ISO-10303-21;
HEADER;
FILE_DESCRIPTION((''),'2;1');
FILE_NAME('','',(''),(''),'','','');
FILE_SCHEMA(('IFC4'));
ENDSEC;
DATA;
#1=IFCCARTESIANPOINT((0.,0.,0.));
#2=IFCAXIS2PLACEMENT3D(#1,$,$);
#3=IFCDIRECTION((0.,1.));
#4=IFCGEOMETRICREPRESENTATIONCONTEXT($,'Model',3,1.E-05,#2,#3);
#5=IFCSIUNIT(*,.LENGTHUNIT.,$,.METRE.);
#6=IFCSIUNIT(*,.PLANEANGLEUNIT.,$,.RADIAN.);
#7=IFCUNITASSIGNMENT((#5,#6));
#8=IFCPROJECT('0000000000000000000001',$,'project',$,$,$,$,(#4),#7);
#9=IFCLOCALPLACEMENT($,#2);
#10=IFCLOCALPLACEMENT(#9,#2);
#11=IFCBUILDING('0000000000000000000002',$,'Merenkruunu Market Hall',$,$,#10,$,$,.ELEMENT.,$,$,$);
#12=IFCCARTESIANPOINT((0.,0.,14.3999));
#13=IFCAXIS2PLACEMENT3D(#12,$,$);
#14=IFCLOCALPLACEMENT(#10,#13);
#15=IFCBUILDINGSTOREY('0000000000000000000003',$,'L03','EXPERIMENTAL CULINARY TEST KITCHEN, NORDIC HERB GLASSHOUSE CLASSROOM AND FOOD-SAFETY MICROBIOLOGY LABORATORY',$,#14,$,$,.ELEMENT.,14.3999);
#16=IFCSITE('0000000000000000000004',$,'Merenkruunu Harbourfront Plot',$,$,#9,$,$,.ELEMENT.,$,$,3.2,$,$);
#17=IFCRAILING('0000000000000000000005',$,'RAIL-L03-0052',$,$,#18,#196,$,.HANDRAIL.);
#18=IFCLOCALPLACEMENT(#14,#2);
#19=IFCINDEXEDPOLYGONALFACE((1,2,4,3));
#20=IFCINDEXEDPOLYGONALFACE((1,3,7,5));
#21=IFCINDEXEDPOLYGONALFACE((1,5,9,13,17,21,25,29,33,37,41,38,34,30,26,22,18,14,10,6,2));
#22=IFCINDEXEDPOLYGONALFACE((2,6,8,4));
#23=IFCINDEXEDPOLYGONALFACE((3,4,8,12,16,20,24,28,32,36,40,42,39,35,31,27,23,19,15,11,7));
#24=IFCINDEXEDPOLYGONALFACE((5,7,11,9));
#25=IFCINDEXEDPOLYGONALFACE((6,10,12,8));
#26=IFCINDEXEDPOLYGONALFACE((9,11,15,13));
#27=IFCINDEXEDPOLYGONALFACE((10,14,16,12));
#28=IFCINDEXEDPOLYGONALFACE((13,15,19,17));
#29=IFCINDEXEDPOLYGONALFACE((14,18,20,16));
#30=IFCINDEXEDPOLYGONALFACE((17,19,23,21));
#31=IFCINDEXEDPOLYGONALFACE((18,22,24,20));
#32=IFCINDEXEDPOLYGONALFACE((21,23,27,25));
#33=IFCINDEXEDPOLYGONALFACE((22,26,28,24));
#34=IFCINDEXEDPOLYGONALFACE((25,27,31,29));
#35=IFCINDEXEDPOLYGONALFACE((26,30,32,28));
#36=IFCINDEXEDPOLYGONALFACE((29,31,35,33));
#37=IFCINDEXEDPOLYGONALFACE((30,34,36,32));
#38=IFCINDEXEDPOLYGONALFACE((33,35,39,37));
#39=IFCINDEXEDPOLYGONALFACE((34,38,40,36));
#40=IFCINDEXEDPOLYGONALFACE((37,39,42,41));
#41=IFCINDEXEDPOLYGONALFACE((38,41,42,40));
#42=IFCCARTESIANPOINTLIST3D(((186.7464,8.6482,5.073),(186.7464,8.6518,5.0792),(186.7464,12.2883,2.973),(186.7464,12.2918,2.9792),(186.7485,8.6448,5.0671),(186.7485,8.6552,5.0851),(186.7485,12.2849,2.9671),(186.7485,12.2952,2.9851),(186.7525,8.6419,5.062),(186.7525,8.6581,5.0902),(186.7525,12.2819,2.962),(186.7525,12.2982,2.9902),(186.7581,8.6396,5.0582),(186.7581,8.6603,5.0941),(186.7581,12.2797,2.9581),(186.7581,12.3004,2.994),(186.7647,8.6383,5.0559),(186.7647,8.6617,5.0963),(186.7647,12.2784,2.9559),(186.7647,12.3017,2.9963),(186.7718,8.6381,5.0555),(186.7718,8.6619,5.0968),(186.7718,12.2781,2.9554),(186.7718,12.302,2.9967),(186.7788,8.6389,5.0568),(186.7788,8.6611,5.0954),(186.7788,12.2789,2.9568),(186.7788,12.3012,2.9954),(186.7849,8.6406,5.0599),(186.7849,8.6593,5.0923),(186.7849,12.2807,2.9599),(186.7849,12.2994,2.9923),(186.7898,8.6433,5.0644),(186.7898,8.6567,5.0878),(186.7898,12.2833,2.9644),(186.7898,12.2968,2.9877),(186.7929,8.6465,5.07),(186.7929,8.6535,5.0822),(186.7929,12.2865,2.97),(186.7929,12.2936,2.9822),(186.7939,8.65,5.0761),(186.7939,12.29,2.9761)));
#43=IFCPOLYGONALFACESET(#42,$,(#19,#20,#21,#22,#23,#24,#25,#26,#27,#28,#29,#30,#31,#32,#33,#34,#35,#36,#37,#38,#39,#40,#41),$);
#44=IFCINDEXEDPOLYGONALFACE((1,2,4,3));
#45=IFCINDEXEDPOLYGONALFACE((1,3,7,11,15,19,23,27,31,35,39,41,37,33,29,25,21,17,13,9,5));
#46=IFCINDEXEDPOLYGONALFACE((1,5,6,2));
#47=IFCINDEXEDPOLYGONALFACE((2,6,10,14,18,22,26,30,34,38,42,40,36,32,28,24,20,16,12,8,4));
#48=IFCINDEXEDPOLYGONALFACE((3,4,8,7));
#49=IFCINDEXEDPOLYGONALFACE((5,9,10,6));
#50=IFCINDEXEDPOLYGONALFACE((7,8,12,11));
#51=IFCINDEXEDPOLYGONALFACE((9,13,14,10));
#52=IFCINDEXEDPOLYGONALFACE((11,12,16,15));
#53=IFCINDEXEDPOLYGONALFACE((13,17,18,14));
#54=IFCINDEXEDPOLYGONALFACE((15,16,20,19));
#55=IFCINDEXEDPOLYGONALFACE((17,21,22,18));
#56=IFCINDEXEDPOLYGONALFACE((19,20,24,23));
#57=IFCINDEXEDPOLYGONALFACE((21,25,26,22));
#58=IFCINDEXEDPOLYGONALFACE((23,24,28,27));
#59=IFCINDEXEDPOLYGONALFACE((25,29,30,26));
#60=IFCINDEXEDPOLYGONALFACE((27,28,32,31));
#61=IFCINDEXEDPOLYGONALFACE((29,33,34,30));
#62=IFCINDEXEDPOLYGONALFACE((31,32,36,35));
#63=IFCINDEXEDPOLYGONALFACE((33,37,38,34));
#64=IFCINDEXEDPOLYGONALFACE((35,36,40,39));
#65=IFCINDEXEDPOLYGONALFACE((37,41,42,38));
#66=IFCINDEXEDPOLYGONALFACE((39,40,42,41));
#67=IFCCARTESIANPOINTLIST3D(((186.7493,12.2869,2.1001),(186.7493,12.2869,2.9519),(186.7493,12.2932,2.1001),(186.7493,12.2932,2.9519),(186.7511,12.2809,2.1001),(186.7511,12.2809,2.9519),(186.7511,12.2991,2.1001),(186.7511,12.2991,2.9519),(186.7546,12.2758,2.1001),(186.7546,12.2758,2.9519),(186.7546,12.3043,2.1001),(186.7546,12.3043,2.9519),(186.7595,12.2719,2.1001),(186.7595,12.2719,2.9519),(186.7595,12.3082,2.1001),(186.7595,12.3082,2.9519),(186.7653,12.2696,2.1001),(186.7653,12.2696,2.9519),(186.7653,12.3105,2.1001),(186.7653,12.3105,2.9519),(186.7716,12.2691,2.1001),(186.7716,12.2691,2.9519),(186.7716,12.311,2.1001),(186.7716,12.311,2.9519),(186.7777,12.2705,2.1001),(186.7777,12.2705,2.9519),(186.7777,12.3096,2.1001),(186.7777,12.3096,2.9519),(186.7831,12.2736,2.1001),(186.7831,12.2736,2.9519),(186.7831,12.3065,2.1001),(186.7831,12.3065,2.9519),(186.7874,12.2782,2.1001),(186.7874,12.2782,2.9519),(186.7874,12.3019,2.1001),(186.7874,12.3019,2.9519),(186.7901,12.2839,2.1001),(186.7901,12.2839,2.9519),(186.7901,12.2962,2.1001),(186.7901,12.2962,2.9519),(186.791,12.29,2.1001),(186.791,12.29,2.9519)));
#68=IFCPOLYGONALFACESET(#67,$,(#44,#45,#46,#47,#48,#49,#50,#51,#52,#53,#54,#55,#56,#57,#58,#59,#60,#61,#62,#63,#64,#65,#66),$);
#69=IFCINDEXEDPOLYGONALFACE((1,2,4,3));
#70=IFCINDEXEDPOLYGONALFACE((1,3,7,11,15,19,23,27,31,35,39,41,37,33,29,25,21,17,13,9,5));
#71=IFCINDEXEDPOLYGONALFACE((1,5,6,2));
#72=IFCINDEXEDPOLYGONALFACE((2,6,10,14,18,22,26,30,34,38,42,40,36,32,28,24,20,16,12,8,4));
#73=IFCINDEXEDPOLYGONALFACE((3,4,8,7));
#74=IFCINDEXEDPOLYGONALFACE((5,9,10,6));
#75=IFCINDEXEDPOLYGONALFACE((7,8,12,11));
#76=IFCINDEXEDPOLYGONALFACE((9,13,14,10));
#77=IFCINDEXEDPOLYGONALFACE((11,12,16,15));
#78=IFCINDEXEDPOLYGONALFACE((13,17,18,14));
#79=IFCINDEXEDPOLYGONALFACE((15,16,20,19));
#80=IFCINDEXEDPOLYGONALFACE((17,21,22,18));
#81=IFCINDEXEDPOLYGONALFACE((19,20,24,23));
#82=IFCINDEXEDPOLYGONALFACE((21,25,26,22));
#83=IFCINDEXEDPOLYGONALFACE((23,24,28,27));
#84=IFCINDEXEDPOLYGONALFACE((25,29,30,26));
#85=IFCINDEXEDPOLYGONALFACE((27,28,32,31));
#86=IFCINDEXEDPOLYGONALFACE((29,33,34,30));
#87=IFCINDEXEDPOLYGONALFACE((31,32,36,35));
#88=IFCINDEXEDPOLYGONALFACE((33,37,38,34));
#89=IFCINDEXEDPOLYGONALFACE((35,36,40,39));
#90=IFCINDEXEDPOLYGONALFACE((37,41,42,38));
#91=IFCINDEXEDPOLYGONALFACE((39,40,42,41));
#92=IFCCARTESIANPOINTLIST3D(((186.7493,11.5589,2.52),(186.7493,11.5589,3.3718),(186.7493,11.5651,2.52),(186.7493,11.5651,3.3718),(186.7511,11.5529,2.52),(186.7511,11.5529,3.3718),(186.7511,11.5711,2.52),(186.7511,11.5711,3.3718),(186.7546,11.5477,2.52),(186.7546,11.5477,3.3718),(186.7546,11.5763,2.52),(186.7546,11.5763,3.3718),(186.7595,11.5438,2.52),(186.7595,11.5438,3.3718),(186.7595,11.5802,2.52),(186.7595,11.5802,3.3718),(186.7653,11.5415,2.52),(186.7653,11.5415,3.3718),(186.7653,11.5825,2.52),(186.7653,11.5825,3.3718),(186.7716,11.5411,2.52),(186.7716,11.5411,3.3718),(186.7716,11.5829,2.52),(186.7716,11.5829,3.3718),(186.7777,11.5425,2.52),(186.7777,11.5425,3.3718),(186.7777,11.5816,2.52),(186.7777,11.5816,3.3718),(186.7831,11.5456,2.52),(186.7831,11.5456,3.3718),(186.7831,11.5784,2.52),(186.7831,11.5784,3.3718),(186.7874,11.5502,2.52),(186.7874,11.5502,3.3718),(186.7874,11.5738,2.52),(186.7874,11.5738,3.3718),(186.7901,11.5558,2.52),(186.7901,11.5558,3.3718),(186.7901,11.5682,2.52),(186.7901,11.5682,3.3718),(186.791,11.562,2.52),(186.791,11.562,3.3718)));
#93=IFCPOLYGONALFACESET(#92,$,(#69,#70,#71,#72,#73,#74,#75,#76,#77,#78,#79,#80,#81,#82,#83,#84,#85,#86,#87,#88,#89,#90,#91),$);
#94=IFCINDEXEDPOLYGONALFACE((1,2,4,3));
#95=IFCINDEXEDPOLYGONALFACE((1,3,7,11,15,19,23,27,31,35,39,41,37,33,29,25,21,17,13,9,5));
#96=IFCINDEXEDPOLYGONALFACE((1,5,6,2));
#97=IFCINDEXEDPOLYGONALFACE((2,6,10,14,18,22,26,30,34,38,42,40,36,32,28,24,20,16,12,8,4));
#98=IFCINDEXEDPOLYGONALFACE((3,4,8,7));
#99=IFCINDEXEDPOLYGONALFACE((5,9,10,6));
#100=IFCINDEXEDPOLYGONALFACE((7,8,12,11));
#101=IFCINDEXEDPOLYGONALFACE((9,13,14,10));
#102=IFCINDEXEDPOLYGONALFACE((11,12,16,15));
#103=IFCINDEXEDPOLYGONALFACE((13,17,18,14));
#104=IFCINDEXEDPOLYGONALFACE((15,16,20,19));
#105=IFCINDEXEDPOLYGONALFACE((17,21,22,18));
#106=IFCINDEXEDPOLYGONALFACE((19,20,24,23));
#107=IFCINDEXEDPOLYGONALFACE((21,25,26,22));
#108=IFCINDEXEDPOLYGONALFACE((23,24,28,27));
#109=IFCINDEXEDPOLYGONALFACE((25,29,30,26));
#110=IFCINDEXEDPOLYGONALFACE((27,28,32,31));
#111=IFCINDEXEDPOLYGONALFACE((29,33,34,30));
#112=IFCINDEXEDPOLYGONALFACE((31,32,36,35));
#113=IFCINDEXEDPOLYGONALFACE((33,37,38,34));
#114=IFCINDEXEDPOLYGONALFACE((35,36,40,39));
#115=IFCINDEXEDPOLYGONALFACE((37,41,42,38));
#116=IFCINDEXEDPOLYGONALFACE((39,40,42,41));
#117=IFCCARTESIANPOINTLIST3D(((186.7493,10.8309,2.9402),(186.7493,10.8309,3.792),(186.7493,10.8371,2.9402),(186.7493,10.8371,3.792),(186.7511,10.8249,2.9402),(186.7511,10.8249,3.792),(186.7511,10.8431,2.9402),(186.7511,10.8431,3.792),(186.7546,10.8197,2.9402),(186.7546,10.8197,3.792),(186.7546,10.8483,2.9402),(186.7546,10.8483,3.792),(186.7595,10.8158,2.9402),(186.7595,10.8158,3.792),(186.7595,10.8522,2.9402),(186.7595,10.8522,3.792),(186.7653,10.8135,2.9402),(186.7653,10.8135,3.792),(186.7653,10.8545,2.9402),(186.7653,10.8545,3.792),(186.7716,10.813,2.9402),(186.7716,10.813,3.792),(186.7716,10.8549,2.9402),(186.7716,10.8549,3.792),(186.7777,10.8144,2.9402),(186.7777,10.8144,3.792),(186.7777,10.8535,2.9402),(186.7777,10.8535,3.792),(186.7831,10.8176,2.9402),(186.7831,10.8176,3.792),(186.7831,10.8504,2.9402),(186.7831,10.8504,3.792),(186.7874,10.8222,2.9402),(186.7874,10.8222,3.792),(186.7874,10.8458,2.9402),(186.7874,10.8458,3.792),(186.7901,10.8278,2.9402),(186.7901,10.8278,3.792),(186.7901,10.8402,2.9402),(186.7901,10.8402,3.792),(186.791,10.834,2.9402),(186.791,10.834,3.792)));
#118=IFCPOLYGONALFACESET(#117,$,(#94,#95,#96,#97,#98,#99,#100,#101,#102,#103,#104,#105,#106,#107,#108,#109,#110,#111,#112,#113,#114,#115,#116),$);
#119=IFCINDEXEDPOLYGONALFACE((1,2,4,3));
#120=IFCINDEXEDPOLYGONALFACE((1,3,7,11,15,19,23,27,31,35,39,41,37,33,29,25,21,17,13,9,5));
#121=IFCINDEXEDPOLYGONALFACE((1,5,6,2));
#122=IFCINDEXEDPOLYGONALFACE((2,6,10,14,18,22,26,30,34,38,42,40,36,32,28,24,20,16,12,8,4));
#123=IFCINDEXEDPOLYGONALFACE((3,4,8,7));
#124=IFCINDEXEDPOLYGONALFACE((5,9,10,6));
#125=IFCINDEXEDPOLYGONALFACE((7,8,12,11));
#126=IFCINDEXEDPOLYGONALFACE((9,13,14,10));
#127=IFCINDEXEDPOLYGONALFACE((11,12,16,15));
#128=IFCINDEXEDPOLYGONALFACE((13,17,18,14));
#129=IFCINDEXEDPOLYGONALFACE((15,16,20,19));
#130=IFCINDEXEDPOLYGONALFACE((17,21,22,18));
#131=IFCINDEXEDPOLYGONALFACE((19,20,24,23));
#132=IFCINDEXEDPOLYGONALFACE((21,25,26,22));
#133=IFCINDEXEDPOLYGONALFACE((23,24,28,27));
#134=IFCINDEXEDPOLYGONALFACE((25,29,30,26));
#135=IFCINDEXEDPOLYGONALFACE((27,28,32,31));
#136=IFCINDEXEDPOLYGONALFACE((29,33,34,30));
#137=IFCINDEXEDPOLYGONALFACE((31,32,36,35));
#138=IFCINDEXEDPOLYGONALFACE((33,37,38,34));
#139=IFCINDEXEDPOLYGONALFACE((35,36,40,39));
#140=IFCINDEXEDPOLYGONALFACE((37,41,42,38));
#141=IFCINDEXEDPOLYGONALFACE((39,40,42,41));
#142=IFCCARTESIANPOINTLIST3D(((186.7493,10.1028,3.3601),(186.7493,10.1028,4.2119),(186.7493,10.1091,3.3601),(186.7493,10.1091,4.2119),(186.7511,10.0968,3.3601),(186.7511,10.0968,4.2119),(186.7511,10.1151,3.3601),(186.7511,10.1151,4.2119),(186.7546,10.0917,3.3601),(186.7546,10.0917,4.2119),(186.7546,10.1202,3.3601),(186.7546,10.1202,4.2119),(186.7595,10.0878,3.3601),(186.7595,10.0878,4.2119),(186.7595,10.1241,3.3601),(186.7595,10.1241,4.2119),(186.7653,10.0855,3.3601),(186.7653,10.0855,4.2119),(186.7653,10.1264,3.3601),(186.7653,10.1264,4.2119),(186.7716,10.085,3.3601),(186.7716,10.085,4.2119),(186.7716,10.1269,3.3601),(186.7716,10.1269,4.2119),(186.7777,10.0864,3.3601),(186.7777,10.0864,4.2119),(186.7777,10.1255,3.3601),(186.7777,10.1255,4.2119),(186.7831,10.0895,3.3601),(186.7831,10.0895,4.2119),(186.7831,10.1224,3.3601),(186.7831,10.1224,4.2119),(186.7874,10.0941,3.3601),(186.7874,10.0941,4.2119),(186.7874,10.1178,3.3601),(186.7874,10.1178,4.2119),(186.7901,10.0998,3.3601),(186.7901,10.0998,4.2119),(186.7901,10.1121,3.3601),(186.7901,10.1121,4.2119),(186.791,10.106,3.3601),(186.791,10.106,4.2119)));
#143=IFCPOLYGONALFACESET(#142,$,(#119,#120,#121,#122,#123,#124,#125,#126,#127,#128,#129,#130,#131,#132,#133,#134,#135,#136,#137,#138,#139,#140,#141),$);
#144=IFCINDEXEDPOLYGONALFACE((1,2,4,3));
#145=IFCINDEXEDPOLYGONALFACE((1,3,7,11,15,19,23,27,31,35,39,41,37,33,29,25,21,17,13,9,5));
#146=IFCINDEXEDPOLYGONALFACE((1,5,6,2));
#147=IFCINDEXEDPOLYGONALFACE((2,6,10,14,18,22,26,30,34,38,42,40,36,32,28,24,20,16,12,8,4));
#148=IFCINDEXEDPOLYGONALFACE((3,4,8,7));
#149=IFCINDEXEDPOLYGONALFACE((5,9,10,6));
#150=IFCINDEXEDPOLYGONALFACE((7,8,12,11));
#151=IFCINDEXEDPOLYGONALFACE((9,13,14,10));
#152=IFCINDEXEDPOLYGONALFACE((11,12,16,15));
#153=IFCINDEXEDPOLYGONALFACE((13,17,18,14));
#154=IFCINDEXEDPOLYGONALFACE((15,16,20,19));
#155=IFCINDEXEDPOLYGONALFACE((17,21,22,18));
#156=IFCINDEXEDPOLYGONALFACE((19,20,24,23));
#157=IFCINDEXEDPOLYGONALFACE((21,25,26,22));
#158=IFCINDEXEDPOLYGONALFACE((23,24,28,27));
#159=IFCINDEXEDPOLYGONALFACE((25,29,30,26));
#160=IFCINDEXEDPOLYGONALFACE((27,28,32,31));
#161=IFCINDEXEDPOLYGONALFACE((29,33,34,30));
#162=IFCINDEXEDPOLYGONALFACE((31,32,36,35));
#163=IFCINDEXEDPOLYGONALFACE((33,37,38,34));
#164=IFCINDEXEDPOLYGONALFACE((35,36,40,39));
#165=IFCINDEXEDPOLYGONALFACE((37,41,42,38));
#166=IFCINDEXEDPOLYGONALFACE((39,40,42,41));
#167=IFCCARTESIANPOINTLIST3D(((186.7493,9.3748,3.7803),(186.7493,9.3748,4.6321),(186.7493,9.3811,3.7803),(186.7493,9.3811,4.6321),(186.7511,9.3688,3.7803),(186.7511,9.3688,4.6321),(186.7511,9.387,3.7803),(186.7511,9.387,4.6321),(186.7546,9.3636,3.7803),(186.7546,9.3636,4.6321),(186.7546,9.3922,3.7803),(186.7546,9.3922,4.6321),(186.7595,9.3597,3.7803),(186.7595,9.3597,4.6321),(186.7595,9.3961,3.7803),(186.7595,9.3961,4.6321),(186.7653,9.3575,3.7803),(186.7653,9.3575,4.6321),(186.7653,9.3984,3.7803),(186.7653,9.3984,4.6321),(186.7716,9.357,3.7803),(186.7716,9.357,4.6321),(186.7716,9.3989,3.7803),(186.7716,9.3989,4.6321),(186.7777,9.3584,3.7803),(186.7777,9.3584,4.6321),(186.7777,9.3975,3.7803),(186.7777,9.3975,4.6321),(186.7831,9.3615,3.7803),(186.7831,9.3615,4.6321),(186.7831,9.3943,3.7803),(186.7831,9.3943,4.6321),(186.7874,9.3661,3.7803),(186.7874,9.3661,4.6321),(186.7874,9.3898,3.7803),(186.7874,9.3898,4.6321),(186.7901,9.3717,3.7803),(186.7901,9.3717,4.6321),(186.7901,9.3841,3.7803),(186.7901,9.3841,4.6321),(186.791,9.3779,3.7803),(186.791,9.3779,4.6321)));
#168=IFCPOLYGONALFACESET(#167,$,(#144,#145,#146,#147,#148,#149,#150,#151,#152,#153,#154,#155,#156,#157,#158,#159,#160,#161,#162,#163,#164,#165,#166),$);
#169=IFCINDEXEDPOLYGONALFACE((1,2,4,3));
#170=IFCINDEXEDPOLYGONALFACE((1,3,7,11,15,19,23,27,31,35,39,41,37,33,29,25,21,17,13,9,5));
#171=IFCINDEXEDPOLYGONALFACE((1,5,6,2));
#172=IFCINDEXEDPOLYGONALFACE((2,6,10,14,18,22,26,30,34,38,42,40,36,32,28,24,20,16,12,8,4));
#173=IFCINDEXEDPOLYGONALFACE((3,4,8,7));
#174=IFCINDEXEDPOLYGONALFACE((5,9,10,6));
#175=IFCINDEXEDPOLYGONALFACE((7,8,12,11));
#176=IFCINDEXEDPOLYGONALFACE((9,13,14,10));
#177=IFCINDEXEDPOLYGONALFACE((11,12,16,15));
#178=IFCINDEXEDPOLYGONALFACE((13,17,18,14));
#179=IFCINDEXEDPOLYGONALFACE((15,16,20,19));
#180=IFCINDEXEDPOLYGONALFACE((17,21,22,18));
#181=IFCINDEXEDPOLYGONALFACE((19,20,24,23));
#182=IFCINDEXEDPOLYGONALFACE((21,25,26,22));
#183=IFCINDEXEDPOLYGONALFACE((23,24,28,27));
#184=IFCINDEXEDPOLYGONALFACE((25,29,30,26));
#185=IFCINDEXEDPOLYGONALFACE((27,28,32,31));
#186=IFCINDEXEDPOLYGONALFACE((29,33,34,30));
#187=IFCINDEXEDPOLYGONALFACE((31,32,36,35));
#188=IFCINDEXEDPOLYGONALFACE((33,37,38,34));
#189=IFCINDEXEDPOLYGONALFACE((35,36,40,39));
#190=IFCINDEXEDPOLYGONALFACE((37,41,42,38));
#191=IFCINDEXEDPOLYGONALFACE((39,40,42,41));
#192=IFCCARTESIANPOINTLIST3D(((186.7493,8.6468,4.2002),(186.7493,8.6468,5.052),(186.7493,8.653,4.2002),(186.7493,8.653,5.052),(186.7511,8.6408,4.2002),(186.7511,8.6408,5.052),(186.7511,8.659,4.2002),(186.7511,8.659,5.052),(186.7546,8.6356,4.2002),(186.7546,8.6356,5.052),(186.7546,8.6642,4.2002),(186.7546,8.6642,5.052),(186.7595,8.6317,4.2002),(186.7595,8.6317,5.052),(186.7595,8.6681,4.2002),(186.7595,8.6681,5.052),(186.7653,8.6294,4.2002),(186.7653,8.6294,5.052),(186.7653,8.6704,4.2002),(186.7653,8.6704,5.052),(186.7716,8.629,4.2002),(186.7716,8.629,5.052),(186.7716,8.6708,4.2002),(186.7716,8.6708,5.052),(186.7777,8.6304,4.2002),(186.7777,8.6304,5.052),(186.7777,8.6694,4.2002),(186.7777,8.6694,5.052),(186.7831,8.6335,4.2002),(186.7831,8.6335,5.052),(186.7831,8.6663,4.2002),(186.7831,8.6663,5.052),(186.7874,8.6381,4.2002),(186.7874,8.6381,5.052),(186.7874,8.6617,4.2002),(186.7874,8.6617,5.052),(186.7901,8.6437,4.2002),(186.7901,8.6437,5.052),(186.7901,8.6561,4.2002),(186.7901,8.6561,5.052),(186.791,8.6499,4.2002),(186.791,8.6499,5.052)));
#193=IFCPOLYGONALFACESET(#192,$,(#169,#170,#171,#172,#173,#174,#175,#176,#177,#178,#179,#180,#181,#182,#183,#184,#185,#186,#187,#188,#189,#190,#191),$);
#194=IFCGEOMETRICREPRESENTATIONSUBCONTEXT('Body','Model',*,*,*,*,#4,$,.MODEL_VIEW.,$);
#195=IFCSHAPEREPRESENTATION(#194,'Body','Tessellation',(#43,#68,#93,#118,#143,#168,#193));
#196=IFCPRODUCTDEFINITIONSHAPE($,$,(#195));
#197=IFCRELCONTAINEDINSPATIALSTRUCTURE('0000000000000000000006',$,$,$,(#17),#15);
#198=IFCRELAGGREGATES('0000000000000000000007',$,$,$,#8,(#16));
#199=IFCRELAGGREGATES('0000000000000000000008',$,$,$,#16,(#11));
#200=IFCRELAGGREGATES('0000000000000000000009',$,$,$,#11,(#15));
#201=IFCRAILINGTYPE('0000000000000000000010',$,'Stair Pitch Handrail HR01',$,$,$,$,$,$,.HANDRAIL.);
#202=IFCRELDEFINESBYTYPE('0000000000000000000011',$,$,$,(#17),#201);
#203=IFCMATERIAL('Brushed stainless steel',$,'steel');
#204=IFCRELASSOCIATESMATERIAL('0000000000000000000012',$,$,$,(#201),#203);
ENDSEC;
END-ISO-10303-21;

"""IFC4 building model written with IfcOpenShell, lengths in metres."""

from ifc_helpers import new_model, si_unit, direction, frame, origin, origin_2d, place, context, subcontext, project, spatial, circle, extrude, material, type_object, element, save


model = new_model("IFC4")

# Units and contexts
model_context = context("Model", 3, precision=1e-05, world=origin(), true_north=direction((0.0, 1.0)))
body_context = subcontext(model_context, "Body", "Model", "MODEL_VIEW")
ifc_project = project(units=[si_unit("LENGTHUNIT", "METRE"), si_unit("PLANEANGLEUNIT", "RADIAN")], contexts=[model_context])

# Site, building, storey
site_placement = place(None, origin())
site = spatial("IfcSite", under=ifc_project, at=site_placement, Name="Merenkruunu Harbourfront Plot", CompositionType="ELEMENT", RefElevation=3.2)
building_placement = place(site_placement, origin())
building = spatial("IfcBuilding", under=site, at=building_placement, Name="Merenkruunu Market Hall", CompositionType="ELEMENT")
storey_placement = place(building_placement, frame((0.0, 0.0, 14.3999)))
storey = spatial("IfcBuildingStorey", under=building, at=storey_placement, Name="L03", Description="EXPERIMENTAL CULINARY TEST KITCHEN, NORDIC HERB GLASSHOUSE CLASSROOM AND FOOD-SAFETY MICROBIOLOGY LABORATORY", CompositionType="ELEMENT", Elevation=14.3999)

# Railing
ifc_material_1 = material(Name="Brushed stainless steel", Category="steel")
railing_type_1 = type_object("IfcRailingType", Name="Stair Pitch Handrail HR01", PredefinedType="HANDRAIL", material=ifc_material_1)
railing_1_placement = place(storey_placement, frame((186.77, 12.29, 2.1001)))
element("IfcRailing", 1, at=railing_1_placement, inside=storey, type_object=railing_type_1, Name="RAIL-L03-0052", PredefinedType="HANDRAIL", context=body_context, shape_type="SweptSolid", body=[
    extrude(circle(Radius=0.0239, at=origin_2d()), frame((0.0, 0.0, 0.876), z_axis=(0.0, -0.866184, 0.499726), x_axis=(1.0, 0.0, 0.0)), (0.0, 0.0, 1.0), 4.2024),
    extrude(circle(Radius=0.021, at=origin_2d()), origin(), (0.0, 0.0, 1.0), 0.8518),
    extrude(circle(Radius=0.021, at=origin_2d()), frame((0.0, -0.728, 0.4199)), (0.0, 0.0, 1.0), 0.8518),
    extrude(circle(Radius=0.021, at=origin_2d()), frame((0.0, -1.4561, 0.8401)), (0.0, 0.0, 1.0), 0.8518),
    extrude(circle(Radius=0.021, at=origin_2d()), frame((0.0, -2.1841, 1.26)), (0.0, 0.0, 1.0), 0.8518),
    extrude(circle(Radius=0.021, at=origin_2d()), frame((0.0, -2.9121, 1.6802)), (0.0, 0.0, 1.0), 0.8518),
    extrude(circle(Radius=0.021, at=origin_2d()), frame((0.0, -3.6401, 2.1001)), (0.0, 0.0, 1.0), 0.8518),
])

save(model, "model.ifc")
